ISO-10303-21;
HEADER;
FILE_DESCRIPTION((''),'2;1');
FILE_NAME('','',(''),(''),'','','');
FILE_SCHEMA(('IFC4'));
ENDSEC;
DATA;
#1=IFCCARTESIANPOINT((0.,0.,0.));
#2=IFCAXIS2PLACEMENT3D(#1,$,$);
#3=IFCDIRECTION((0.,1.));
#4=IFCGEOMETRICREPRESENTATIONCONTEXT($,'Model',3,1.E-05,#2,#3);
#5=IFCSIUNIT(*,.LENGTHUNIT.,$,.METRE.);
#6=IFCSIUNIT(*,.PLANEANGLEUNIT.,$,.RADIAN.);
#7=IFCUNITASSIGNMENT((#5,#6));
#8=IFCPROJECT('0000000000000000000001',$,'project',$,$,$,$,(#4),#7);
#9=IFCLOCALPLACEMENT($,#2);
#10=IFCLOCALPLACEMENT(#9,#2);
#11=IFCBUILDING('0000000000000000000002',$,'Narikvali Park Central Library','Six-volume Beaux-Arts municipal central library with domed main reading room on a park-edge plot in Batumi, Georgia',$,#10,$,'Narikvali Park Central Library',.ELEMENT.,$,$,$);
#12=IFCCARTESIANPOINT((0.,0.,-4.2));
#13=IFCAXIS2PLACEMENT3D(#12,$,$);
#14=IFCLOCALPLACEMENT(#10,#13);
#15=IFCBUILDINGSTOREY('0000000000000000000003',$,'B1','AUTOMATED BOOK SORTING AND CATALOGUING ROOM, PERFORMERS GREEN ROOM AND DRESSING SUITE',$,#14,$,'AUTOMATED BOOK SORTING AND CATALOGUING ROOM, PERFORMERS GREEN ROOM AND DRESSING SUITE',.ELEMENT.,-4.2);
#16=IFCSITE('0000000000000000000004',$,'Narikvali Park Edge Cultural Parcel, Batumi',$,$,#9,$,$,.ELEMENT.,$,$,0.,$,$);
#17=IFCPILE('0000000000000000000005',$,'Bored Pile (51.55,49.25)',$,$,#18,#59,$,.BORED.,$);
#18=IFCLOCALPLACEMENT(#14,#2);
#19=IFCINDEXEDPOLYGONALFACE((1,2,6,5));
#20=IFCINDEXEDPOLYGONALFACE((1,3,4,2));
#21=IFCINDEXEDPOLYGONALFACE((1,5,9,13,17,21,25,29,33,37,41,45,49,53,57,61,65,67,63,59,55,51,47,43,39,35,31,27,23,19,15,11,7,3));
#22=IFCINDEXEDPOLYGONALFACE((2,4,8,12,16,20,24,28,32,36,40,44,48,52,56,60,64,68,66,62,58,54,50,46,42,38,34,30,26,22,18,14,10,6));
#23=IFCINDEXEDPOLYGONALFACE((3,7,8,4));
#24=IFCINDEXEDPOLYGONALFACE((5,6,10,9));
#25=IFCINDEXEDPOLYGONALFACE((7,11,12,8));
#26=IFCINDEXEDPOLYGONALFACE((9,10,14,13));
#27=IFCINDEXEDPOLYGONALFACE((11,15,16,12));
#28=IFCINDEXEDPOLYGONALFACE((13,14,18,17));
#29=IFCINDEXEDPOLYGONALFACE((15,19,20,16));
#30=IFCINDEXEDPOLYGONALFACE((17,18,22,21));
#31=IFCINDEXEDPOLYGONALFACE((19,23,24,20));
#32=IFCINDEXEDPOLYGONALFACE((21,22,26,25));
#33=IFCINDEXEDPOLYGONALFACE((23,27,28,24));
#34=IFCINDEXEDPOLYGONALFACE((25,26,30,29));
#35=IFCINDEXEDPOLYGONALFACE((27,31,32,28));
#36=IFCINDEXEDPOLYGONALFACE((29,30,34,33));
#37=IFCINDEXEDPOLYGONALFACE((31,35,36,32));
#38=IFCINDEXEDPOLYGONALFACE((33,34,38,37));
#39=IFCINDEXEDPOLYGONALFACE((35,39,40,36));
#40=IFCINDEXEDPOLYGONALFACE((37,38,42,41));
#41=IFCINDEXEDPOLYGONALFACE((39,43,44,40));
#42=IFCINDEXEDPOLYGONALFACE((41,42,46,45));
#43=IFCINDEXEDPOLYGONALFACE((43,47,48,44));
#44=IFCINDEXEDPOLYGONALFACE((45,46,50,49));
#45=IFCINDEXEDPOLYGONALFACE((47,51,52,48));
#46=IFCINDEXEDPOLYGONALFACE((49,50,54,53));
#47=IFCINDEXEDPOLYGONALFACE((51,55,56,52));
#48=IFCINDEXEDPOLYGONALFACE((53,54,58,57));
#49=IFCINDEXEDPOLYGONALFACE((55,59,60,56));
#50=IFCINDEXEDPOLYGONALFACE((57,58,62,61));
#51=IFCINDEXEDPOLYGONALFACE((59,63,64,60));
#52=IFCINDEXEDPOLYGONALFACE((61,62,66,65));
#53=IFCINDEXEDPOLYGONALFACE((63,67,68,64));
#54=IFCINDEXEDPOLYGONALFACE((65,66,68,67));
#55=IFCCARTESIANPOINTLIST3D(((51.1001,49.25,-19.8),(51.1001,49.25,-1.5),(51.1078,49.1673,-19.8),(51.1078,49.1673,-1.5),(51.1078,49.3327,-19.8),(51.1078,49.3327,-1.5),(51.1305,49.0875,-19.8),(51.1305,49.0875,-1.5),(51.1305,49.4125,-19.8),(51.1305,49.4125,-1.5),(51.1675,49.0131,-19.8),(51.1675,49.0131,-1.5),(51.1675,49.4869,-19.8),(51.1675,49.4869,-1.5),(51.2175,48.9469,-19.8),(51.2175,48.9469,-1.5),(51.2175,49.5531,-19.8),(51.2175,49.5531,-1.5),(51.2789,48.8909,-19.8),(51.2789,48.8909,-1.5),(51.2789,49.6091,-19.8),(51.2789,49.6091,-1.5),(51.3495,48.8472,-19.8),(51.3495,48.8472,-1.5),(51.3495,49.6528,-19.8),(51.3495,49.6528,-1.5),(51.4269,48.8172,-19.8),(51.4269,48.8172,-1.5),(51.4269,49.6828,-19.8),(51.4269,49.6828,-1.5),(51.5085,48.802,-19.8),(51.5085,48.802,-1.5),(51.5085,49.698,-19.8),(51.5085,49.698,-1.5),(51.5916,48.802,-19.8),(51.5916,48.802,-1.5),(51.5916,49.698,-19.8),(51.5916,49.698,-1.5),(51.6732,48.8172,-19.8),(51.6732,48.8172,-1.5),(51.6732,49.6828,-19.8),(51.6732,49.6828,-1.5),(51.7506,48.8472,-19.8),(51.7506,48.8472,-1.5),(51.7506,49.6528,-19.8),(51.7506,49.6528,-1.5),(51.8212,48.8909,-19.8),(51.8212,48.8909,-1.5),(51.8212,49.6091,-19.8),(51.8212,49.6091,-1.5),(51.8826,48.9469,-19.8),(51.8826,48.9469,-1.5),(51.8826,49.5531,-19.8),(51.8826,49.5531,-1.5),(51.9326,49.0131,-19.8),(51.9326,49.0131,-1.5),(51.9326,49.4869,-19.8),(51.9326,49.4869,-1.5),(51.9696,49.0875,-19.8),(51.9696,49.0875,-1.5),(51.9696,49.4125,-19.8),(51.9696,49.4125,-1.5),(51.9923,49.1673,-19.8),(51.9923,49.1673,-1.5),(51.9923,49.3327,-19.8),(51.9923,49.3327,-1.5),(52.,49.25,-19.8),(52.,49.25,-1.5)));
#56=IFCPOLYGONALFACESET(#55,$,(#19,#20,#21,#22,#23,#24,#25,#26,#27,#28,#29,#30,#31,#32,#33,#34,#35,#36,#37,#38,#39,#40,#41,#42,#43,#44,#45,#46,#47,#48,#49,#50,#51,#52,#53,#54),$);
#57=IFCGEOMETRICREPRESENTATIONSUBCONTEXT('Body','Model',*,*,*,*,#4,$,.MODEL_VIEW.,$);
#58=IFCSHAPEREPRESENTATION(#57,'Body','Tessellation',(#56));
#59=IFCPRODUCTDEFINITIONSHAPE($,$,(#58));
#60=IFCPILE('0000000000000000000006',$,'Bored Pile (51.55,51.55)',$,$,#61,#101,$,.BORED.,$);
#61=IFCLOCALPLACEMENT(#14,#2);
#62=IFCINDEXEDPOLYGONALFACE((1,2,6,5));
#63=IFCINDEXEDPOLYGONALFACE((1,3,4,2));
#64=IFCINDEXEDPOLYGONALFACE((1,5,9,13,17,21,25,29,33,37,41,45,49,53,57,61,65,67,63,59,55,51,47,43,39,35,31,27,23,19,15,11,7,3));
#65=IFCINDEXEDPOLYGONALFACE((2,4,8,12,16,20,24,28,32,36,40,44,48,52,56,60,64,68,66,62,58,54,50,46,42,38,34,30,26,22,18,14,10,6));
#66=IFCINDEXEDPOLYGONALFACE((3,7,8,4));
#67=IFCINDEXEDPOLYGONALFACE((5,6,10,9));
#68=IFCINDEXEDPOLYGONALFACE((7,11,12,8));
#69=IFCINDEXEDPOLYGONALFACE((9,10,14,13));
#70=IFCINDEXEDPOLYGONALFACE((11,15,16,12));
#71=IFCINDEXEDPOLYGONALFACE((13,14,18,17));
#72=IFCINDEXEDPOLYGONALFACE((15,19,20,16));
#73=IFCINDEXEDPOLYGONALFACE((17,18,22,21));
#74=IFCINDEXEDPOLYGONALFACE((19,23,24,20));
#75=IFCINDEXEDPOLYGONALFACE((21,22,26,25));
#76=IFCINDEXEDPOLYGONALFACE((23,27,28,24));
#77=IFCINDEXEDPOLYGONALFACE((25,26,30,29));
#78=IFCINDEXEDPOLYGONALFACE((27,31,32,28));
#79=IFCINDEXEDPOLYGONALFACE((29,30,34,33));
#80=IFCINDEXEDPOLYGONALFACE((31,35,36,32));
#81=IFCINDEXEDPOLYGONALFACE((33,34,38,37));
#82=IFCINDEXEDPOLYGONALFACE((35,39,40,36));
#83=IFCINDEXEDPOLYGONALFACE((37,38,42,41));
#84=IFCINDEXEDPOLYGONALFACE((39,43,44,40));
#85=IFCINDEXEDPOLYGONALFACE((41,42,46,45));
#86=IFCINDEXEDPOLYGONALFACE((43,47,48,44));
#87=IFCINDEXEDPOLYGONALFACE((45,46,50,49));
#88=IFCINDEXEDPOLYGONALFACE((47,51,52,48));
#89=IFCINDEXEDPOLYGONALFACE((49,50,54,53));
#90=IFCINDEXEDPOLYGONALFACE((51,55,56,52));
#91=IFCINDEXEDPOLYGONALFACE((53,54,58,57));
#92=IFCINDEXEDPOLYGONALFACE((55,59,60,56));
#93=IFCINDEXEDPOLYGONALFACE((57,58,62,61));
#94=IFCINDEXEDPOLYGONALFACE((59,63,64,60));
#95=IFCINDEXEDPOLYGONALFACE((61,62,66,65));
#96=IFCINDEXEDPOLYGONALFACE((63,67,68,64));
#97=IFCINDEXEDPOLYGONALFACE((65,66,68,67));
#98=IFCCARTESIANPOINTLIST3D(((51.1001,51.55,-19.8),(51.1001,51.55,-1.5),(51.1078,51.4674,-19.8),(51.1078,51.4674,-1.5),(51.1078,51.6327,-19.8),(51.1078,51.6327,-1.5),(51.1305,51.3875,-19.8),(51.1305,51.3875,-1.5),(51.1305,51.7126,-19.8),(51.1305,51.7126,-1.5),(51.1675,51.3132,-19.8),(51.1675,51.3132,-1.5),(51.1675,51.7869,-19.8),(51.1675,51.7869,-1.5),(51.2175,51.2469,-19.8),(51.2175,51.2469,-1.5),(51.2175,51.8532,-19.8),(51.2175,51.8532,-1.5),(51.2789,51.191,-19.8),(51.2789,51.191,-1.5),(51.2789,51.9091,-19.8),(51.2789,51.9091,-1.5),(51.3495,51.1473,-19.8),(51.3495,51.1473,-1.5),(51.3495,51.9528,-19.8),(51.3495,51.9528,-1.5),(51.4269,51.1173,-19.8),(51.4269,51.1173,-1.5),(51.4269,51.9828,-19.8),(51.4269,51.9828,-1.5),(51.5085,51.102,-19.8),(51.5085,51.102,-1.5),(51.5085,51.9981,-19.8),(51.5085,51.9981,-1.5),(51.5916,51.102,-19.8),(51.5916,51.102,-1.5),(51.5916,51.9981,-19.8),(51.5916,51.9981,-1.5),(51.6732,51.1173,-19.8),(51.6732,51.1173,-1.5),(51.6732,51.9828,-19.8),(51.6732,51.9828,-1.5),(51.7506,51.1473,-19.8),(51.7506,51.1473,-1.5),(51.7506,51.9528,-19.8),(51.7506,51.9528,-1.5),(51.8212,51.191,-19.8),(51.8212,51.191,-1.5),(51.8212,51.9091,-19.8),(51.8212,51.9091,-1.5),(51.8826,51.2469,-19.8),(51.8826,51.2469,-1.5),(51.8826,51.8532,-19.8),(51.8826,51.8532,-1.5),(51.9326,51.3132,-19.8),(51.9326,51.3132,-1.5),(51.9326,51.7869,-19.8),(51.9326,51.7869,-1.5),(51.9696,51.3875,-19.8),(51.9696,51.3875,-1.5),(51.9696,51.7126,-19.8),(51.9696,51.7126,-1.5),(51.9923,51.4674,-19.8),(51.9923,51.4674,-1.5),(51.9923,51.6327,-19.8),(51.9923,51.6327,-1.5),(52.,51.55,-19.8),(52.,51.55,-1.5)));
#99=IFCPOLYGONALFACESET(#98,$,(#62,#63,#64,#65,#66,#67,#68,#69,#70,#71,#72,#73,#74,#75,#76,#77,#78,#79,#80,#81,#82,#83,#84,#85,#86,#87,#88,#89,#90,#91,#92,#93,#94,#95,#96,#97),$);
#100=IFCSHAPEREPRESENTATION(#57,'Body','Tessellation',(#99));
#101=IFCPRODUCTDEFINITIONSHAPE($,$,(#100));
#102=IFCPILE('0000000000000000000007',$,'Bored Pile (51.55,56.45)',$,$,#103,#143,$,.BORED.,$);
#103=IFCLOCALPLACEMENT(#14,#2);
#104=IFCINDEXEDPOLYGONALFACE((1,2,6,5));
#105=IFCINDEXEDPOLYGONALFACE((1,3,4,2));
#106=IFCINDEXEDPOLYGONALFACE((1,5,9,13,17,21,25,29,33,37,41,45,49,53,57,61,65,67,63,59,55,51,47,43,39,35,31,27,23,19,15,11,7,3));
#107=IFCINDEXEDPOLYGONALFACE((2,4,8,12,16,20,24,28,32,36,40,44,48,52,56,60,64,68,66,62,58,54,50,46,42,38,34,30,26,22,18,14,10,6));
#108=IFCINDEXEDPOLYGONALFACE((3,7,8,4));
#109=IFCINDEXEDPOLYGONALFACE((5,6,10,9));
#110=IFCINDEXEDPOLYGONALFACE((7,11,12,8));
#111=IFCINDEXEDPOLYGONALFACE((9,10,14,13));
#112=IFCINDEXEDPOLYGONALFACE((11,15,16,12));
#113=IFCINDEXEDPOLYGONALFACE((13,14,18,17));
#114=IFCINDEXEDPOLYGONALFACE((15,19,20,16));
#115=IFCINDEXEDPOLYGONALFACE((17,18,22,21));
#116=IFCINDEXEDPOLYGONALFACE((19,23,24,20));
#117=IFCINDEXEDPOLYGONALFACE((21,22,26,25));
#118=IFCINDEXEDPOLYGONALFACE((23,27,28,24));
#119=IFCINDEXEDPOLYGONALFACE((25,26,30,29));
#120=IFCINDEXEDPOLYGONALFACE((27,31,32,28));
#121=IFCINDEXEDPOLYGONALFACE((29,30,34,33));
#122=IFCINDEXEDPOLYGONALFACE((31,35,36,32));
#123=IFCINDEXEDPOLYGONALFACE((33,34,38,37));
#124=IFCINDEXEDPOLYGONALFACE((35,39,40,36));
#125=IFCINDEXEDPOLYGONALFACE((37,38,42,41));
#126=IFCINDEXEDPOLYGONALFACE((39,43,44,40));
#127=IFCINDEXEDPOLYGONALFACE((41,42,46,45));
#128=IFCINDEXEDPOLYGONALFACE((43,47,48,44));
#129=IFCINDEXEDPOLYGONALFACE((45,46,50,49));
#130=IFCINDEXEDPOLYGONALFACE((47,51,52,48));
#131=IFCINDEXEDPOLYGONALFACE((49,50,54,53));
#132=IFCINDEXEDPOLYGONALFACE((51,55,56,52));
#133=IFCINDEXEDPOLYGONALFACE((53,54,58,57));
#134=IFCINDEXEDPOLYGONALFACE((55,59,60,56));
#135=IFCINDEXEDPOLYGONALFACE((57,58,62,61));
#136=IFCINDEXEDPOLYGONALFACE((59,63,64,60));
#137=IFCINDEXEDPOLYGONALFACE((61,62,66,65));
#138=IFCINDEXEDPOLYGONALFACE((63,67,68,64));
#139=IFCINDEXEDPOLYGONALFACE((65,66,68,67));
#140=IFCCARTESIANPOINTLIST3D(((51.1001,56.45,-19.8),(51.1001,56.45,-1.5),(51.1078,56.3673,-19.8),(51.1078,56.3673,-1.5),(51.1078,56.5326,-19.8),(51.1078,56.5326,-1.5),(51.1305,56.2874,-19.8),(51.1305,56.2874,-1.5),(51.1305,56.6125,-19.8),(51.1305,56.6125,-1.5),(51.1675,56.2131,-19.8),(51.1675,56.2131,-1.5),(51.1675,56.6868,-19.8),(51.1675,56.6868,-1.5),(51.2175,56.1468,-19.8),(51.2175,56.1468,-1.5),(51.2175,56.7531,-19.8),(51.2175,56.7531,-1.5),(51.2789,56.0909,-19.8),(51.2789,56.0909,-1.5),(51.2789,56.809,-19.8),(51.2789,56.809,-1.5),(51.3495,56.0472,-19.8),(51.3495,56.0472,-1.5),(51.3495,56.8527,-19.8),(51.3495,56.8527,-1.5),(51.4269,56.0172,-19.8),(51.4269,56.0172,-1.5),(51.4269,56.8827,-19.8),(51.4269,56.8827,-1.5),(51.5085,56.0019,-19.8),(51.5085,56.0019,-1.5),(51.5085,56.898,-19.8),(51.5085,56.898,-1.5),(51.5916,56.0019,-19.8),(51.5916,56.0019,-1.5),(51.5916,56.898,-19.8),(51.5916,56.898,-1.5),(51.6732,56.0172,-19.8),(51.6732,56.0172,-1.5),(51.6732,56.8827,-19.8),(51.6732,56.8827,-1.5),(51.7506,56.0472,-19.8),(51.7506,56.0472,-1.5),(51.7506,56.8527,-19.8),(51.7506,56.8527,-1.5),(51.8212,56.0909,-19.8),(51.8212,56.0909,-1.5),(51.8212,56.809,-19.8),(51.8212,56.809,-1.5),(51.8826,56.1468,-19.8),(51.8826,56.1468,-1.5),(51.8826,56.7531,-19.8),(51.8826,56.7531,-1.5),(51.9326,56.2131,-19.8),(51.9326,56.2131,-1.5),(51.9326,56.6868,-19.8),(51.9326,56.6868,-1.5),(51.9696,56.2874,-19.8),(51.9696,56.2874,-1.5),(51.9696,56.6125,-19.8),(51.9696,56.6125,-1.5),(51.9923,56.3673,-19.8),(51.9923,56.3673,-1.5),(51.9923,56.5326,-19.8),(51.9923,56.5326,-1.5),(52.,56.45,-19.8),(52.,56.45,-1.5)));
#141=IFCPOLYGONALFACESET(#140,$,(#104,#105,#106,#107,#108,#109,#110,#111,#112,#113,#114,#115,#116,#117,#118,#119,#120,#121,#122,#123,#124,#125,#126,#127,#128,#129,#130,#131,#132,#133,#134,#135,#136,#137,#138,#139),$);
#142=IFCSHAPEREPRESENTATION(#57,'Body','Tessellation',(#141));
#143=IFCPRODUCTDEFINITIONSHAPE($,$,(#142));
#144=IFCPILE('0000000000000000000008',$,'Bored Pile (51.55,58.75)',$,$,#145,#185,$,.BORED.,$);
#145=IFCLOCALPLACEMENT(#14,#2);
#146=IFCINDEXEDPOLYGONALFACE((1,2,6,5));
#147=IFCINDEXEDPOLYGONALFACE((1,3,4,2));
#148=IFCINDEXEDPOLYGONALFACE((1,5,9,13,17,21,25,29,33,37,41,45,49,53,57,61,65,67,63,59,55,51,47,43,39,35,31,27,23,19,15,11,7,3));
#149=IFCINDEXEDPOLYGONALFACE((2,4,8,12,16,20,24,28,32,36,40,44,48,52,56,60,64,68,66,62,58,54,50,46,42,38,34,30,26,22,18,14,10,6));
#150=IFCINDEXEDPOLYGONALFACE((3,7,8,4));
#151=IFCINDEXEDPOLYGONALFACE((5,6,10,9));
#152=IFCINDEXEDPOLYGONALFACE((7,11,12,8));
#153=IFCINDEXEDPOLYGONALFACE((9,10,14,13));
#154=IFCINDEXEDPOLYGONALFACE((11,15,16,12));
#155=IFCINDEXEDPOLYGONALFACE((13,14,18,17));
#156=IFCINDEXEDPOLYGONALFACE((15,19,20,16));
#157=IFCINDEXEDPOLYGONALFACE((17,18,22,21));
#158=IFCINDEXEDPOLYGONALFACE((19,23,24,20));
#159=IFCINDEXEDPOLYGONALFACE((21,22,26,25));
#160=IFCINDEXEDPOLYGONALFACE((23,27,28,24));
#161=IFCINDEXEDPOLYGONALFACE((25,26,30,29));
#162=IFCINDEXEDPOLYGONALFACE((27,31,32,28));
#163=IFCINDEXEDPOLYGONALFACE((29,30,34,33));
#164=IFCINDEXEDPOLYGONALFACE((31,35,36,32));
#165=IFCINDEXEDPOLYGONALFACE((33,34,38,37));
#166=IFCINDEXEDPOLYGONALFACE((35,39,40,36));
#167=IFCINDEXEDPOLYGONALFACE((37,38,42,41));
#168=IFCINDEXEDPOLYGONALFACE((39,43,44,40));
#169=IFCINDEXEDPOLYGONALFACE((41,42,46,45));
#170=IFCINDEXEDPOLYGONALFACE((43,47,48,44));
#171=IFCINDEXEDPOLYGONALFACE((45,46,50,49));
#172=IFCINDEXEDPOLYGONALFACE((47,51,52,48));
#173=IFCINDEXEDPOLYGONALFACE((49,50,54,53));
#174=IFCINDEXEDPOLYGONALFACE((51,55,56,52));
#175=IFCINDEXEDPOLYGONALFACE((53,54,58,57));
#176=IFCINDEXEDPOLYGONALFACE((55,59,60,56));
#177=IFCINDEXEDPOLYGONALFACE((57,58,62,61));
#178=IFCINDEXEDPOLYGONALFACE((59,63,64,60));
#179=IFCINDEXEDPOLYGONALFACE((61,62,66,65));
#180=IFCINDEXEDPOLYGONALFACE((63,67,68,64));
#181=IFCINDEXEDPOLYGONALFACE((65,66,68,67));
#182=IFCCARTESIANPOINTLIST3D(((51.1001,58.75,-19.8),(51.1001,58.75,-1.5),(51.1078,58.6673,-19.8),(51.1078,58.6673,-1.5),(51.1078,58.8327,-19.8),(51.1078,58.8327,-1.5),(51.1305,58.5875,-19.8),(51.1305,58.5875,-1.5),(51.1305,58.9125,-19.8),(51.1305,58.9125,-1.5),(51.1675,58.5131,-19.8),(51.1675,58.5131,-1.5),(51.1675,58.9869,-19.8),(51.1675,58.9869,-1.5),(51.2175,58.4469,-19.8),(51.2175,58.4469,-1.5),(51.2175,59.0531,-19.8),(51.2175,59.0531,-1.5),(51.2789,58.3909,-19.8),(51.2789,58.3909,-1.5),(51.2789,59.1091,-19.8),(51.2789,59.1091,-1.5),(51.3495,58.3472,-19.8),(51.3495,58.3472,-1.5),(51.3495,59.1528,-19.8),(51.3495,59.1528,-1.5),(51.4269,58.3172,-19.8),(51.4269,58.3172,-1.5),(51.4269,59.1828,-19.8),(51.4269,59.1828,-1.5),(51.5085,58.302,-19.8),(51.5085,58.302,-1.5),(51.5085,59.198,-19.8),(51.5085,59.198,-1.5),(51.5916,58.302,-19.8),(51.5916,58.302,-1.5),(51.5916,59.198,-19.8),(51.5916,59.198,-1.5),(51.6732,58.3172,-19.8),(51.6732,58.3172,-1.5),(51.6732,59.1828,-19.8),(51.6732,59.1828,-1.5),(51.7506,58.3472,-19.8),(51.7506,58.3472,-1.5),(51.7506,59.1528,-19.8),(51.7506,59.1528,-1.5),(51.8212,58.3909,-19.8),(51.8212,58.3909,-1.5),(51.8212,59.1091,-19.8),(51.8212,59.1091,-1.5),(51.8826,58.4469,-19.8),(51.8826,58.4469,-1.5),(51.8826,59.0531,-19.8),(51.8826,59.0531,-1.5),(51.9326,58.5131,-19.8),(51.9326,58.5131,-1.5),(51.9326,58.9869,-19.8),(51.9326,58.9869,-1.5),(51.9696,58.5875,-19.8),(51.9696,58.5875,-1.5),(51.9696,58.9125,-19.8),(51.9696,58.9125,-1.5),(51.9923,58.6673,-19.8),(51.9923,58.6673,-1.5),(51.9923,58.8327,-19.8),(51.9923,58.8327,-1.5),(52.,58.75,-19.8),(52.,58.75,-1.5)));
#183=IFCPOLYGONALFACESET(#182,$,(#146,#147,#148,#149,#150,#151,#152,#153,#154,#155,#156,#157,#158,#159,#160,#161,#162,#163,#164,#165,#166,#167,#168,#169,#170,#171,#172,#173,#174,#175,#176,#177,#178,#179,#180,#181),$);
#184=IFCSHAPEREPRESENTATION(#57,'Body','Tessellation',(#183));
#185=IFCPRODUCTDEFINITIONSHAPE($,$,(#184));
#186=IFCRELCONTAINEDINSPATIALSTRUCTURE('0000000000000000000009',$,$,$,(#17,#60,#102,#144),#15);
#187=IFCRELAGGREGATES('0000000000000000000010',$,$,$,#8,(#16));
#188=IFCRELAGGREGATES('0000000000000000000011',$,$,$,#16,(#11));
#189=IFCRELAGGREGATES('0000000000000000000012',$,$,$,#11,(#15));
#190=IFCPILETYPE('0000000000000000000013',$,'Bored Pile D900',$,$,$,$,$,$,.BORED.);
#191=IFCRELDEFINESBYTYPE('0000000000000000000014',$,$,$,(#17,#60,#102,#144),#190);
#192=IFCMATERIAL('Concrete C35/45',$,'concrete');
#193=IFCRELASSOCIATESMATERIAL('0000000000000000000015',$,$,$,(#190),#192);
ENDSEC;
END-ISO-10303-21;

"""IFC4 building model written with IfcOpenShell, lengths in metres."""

from ifc_helpers import new_model, si_unit, direction, frame, origin, origin_2d, place, context, subcontext, project, spatial, circle, extrude, material, material_profile, profile_set, type_object, element, save


model = new_model("IFC4")

# Units and contexts
model_context = context("Model", 3, precision=1e-05, world=origin(), true_north=direction((0.0, 1.0)))
body_context = subcontext(model_context, "Body", "Model", "MODEL_VIEW")
ifc_project = project(units=[si_unit("LENGTHUNIT", "METRE"), si_unit("PLANEANGLEUNIT", "RADIAN")], contexts=[model_context])

# Site, building, storey
site_placement = place(None, origin())
site = spatial("IfcSite", under=ifc_project, at=site_placement, Name="Narikvali Park Edge Cultural Parcel, Batumi", CompositionType="ELEMENT", RefElevation=0.0)
building_placement = place(site_placement, origin())
building = spatial("IfcBuilding", under=site, at=building_placement, Name="Narikvali Park Central Library", Description="Six-volume Beaux-Arts municipal central library with domed main reading room on a park-edge plot in Batumi, Georgia", LongName="Narikvali Park Central Library", CompositionType="ELEMENT")
storey_placement = place(building_placement, frame((0.0, 0.0, -4.2)))
storey = spatial("IfcBuildingStorey", under=building, at=storey_placement, Name="B1", Description="AUTOMATED BOOK SORTING AND CATALOGUING ROOM, PERFORMERS GREEN ROOM AND DRESSING SUITE", LongName="AUTOMATED BOOK SORTING AND CATALOGUING ROOM, PERFORMERS GREEN ROOM AND DRESSING SUITE", CompositionType="ELEMENT", Elevation=-4.2)

# Piles
ifc_material_1 = material(Name="Concrete C35/45", Category="concrete")
ifc_material_profile_1 = material_profile(ifc_material_1, circle(Radius=0.45, at=origin_2d()), Name="PILE D900")
ifc_profile_set_1 = profile_set([ifc_material_profile_1], Name="Concrete C35/45")
pile_type = type_object("IfcPileType", Name="Bored Pile D900", PredefinedType="BORED", material=ifc_profile_set_1)
for number, where, z_axis, x_axis, name in (
    (1, (51.55, 49.25, -1.5), (0.0, 0.0, -1.0), (1.0, 0.0, 0.0), "Bored Pile (51.55,49.25)"),
    (2, (51.55, 51.55, -1.5), (0.0, 0.0, -1.0), (1.0, 0.0, 0.0), "Bored Pile (51.55,51.55)"),
    (3, (51.55, 56.45, -1.5), (0.0, 0.0, -1.0), (1.0, 0.0, 0.0), "Bored Pile (51.55,56.45)"),
    (4, (51.55, 58.75, -1.5), (0.0, 0.0, -1.0), (1.0, 0.0, 0.0), "Bored Pile (51.55,58.75)"),
):
    element("IfcPile", number, at=place(storey_placement, frame(where, z_axis=z_axis, x_axis=x_axis)), inside=storey, type_object=pile_type, Name=name, PredefinedType="BORED", context=body_context, shape_type="SweptSolid", body=[
        extrude(circle(Radius=0.45, at=origin_2d()), origin(), (0.0, 0.0, 1.0), 18.3),
    ])

save(model, "model.ifc")
